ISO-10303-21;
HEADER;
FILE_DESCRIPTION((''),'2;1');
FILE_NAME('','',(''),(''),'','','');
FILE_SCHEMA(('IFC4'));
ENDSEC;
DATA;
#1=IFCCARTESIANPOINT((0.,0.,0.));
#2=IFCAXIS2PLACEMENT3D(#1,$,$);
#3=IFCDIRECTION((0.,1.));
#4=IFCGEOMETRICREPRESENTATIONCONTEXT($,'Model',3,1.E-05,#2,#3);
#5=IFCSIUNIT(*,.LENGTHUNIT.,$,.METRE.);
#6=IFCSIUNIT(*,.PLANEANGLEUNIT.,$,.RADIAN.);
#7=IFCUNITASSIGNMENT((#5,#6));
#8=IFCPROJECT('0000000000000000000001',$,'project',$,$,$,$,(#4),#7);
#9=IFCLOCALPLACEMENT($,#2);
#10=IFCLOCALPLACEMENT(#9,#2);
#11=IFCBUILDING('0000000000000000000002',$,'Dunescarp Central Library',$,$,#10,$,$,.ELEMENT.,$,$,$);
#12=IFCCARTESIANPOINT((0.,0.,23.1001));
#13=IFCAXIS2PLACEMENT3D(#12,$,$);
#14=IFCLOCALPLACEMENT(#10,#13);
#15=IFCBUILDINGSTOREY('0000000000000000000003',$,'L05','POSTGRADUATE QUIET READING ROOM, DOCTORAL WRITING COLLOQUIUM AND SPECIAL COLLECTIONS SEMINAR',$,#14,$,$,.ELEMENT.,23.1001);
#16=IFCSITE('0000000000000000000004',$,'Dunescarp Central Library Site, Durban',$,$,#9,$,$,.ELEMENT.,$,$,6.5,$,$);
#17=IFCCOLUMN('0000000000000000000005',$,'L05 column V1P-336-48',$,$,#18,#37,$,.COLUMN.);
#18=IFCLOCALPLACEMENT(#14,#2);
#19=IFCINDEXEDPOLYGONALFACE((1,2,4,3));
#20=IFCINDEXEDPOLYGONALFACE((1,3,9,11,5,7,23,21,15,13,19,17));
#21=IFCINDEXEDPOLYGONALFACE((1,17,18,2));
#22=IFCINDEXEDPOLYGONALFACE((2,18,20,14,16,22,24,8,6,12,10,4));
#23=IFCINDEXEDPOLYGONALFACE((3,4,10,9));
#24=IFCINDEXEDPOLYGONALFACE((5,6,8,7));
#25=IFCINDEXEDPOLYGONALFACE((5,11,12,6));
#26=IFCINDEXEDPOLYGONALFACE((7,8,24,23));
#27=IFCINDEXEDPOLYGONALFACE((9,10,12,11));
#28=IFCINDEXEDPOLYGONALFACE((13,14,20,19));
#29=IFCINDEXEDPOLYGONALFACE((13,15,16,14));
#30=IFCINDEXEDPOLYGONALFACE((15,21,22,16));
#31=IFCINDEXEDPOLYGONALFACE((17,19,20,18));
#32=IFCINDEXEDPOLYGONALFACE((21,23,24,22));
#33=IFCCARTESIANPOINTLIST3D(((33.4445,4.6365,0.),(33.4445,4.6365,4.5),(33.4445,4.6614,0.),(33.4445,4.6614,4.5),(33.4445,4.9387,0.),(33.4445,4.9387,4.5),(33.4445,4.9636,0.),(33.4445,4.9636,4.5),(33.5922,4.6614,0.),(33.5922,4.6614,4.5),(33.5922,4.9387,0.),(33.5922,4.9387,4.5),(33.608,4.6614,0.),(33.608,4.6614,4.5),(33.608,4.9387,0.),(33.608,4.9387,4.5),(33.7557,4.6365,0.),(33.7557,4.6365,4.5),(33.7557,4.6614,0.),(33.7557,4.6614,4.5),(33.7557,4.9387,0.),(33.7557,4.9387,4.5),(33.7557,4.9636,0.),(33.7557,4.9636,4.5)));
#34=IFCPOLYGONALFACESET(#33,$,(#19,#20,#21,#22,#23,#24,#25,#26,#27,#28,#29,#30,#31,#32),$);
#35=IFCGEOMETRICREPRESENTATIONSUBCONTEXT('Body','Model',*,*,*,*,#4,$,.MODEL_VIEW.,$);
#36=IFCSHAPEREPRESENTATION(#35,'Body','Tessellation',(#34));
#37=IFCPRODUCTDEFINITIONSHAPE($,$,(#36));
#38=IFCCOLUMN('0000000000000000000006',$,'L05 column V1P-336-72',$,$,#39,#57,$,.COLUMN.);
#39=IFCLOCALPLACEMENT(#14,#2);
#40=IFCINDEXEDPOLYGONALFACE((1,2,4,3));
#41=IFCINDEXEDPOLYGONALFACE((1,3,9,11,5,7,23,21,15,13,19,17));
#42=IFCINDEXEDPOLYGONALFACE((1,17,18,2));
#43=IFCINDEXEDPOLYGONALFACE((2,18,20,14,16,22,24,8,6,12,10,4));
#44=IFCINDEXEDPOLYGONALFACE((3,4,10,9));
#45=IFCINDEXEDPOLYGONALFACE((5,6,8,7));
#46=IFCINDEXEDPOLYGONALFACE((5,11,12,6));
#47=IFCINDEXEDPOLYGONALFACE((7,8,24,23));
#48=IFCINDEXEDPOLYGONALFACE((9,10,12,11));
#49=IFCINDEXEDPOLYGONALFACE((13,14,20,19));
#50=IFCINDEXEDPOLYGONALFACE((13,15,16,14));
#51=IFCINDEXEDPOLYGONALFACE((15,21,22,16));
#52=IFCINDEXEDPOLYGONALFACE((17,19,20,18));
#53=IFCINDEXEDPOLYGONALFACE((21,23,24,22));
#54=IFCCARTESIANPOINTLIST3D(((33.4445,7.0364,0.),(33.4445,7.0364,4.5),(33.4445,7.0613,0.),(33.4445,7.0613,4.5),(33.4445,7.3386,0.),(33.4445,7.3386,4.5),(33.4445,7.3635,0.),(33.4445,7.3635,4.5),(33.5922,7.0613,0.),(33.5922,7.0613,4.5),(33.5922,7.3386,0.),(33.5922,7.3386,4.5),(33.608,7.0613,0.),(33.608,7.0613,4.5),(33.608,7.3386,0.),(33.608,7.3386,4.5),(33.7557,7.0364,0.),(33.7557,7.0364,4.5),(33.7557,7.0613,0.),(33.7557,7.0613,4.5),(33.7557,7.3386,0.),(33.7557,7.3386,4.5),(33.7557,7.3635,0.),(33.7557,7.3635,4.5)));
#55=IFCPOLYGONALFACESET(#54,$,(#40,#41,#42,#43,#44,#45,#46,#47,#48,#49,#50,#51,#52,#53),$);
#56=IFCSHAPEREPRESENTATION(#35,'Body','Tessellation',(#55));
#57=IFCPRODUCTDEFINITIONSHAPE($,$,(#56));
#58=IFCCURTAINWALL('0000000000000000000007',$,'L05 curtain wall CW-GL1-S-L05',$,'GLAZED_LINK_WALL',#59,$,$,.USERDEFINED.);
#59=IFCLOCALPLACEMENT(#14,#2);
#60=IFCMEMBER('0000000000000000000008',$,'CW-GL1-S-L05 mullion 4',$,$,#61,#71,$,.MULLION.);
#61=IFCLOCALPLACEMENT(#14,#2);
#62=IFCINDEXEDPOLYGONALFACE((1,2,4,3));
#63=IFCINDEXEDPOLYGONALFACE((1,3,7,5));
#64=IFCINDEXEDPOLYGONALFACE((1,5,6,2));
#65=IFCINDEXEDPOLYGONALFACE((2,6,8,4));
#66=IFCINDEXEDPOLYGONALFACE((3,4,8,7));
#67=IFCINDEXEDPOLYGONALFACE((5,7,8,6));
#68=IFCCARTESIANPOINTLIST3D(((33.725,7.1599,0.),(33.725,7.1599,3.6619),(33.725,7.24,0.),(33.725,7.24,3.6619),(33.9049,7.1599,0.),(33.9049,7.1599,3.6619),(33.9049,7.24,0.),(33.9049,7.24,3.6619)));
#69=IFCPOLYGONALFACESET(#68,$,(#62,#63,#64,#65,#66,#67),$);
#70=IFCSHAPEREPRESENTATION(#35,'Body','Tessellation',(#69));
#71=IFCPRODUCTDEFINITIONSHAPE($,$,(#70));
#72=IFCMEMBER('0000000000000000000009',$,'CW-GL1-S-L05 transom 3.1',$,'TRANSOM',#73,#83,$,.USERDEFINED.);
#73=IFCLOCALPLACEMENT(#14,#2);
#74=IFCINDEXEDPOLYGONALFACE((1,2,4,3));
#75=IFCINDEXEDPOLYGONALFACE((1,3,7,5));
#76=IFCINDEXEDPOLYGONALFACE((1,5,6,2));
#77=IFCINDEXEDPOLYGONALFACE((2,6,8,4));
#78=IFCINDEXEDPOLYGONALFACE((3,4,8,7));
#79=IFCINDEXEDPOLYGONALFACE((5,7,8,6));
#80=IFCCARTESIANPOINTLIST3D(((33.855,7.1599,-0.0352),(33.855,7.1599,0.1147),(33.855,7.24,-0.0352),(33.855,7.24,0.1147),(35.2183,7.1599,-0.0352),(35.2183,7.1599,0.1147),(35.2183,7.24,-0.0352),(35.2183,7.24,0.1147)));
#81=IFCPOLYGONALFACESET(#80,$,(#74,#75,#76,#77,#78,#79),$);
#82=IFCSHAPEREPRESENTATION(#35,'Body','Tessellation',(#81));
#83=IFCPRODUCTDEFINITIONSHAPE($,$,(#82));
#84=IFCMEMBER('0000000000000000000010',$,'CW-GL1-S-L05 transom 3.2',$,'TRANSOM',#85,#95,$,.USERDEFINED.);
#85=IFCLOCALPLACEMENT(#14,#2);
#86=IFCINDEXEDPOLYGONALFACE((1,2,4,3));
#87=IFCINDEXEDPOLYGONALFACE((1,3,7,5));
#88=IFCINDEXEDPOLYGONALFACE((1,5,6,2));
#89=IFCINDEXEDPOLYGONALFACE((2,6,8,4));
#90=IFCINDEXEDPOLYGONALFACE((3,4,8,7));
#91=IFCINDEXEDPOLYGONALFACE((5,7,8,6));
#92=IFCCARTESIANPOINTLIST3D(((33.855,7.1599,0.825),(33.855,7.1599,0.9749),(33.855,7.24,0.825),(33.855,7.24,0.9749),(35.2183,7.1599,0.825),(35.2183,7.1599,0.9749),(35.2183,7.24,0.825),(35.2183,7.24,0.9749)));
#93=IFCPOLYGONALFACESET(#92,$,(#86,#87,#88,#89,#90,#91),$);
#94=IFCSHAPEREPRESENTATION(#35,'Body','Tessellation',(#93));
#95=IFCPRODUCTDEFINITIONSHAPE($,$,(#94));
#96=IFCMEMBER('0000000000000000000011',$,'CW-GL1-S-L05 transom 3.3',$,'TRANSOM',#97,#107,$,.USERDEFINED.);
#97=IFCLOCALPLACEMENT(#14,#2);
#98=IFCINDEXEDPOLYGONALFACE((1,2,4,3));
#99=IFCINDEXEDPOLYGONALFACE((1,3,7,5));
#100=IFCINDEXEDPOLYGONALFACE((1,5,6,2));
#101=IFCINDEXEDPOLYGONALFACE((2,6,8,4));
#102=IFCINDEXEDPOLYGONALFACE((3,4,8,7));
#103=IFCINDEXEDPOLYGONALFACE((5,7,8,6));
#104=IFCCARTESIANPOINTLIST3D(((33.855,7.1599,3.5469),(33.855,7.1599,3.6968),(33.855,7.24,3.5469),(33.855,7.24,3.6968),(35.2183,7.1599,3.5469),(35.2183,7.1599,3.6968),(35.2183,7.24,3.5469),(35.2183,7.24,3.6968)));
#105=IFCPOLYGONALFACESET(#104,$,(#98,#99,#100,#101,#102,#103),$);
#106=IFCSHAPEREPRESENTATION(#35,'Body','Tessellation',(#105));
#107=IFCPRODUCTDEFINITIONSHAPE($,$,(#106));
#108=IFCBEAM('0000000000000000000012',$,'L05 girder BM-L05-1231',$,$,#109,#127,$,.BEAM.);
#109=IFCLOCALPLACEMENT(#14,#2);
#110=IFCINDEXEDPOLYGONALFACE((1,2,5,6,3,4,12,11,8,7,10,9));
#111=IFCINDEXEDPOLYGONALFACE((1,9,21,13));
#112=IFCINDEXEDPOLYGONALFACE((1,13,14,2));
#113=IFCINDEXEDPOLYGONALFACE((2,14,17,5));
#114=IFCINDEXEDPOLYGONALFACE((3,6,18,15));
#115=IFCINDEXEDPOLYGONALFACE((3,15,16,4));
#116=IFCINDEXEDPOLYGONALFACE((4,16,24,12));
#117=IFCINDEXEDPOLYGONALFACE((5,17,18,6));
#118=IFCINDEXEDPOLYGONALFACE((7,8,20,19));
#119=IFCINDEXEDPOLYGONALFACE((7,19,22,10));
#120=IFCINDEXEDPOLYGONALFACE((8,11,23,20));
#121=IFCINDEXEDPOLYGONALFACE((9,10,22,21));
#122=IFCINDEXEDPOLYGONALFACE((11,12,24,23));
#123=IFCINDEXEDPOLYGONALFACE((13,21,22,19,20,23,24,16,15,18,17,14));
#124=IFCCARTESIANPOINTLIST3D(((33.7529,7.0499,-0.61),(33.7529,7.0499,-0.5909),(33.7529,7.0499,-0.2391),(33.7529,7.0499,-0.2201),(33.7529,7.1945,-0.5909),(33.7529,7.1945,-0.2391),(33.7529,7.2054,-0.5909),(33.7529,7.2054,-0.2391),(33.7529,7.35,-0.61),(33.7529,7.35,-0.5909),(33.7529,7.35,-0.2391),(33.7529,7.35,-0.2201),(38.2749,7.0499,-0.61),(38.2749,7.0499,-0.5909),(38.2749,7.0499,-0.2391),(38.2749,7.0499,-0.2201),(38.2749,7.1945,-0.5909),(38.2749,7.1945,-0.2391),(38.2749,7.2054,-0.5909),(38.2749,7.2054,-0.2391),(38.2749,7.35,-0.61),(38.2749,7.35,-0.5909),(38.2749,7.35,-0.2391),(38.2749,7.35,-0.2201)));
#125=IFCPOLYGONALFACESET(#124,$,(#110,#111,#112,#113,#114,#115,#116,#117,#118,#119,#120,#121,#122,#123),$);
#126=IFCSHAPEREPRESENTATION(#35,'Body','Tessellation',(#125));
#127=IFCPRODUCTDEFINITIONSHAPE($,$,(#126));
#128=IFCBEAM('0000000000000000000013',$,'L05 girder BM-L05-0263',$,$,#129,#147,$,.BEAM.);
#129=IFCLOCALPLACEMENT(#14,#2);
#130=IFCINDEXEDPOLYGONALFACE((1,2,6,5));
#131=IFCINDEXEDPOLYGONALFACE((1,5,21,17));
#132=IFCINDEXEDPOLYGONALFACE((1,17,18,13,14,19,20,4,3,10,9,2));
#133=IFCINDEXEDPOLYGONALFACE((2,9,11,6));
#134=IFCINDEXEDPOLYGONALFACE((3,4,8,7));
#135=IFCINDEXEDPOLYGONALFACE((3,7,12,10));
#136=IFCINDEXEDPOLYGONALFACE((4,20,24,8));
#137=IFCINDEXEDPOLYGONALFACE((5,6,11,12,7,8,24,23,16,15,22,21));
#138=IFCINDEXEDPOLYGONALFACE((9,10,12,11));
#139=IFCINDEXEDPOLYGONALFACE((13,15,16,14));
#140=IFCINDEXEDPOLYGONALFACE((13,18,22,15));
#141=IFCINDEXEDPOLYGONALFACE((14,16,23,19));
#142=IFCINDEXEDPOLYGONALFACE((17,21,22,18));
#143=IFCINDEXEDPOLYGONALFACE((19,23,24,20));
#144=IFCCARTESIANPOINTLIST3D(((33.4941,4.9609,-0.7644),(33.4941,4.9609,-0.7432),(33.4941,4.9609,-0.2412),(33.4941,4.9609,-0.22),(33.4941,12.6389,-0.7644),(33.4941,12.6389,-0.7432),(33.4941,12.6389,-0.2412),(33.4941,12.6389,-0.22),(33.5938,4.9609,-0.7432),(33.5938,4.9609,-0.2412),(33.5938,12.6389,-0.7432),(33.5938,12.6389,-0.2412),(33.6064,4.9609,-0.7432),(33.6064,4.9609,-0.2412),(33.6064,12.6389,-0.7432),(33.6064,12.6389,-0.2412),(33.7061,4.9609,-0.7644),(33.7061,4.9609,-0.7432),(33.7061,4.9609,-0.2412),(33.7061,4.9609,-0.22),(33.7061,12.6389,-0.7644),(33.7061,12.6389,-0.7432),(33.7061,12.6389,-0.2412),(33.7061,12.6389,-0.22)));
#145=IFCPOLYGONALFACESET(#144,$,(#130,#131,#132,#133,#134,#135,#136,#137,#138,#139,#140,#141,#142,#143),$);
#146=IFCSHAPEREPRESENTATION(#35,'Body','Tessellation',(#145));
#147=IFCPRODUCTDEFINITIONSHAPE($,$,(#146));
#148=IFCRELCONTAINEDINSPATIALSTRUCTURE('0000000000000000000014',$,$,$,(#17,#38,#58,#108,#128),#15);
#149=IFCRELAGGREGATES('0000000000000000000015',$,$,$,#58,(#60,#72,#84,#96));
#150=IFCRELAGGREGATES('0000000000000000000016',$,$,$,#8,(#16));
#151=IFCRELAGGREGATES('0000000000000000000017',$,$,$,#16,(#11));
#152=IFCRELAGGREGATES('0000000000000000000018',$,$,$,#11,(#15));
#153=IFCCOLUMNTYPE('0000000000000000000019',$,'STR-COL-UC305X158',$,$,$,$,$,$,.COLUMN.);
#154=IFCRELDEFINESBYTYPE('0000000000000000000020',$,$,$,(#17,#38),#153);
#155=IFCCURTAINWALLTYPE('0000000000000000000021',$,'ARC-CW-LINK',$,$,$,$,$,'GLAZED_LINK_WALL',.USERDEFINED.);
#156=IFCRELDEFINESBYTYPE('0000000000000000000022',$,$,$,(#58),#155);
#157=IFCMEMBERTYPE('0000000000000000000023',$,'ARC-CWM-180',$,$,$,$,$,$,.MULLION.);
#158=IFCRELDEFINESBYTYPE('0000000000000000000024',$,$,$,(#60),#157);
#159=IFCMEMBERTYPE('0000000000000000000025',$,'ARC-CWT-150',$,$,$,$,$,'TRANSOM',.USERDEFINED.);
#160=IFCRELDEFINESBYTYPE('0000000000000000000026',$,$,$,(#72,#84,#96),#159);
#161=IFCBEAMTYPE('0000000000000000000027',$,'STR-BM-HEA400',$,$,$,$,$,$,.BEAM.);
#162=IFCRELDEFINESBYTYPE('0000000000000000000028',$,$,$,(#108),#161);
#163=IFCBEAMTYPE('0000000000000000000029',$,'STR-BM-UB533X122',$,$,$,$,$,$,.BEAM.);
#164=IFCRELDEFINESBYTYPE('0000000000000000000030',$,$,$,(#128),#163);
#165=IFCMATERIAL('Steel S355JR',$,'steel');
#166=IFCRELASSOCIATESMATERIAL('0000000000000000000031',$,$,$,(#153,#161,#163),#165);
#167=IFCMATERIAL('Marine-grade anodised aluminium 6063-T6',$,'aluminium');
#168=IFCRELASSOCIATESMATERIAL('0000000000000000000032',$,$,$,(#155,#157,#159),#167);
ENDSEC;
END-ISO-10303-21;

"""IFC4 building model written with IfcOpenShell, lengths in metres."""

from ifc_helpers import new_model, si_unit, direction, frame, origin, origin_2d, place, context, subcontext, project, spatial, rectangle, i_section, extrude, material, material_profile, profile_set, type_object, element, aggregate, save


model = new_model("IFC4")

# Units and contexts
model_context = context("Model", 3, precision=1e-05, world=origin(), true_north=direction((0.0, 1.0)))
body_context = subcontext(model_context, "Body", "Model", "MODEL_VIEW")
ifc_project = project(units=[si_unit("LENGTHUNIT", "METRE"), si_unit("PLANEANGLEUNIT", "RADIAN")], contexts=[model_context])

# Site, building, storey
site_placement = place(None, origin())
site = spatial("IfcSite", under=ifc_project, at=site_placement, Name="Dunescarp Central Library Site, Durban", CompositionType="ELEMENT", RefElevation=6.5)
building_placement = place(site_placement, origin())
building = spatial("IfcBuilding", under=site, at=building_placement, Name="Dunescarp Central Library", CompositionType="ELEMENT")
storey_placement = place(building_placement, frame((0.0, 0.0, 23.1001)))
storey = spatial("IfcBuildingStorey", under=building, at=storey_placement, Name="L05", Description="POSTGRADUATE QUIET READING ROOM, DOCTORAL WRITING COLLOQUIUM AND SPECIAL COLLECTIONS SEMINAR", CompositionType="ELEMENT", Elevation=23.1001)

# Columns
ifc_material_1 = material(Name="Steel S355JR", Category="steel")
ifc_material_profile_1 = material_profile(ifc_material_1, i_section(OverallWidth=0.3113, OverallDepth=0.3271, WebThickness=0.0159, FlangeThickness=0.0249, at=origin_2d()), Name="UC 305x305x158")
ifc_profile_set_1 = profile_set([ifc_material_profile_1], Name="Steel S355JR")
column_type = type_object("IfcColumnType", Name="STR-COL-UC305X158", PredefinedType="COLUMN", material=ifc_profile_set_1)
for number, where, z_axis, x_axis, name in (
    (1, (33.6001, 4.8, 0.0), (0.0, 0.0, 1.0), (1.0, 0.0, 0.0), "L05 column V1P-336-48"),
    (2, (33.6001, 7.2, 0.0), (0.0, 0.0, 1.0), (1.0, 0.0, 0.0), "L05 column V1P-336-72"),
):
    element("IfcColumn", number, at=place(storey_placement, frame(where, z_axis=z_axis, x_axis=x_axis)), inside=storey, type_object=column_type, Name=name, PredefinedType="COLUMN", context=body_context, shape_type="SweptSolid", body=[
        extrude(i_section(OverallWidth=0.3113, OverallDepth=0.3271, WebThickness=0.0159, FlangeThickness=0.0249, at=origin_2d()), origin(), (0.0, 0.0, 1.0), 4.5),
    ])

# Curtain wall, members
ifc_material_2 = material(Name="Marine-grade anodised aluminium 6063-T6", Category="aluminium")
curtain_wall_type = type_object("IfcCurtainWallType", Name="ARC-CW-LINK", ElementType="GLAZED_LINK_WALL", PredefinedType="USERDEFINED", material=ifc_material_2)
curtain_wall_placement = place(storey_placement, origin())
curtain_wall = element("IfcCurtainWall", 3, at=curtain_wall_placement, inside=storey, type_object=curtain_wall_type, Name="L05 curtain wall CW-GL1-S-L05", ObjectType="GLAZED_LINK_WALL", PredefinedType="USERDEFINED")
ifc_material_profile_2 = material_profile(ifc_material_2, rectangle(XDim=0.0801, YDim=0.1799, at=origin_2d()), Name="AL 80x180")
ifc_profile_set_2 = profile_set([ifc_material_profile_2], Name="Marine-grade anodised aluminium 6063-T6")
member_type_1 = type_object("IfcMemberType", Name="ARC-CWM-180", PredefinedType="MULLION", material=ifc_profile_set_2)
member_1_placement = place(storey_placement, frame((33.8149, 7.2, 0.0), z_axis=(0.0, 0.0, 1.0), x_axis=(0.0, -1.0, 0.0)))
member_1 = element("IfcMember", 4, at=member_1_placement, type_object=member_type_1, Name="CW-GL1-S-L05 mullion 4", PredefinedType="MULLION", context=body_context, shape_type="SweptSolid", body=[
    extrude(rectangle(XDim=0.0801, YDim=0.1799, at=origin_2d()), origin(), (0.0, 0.0, 1.0), 3.6619),
])
ifc_material_profile_3 = material_profile(ifc_material_2, rectangle(XDim=0.0801, YDim=0.1499, at=origin_2d()), Name="AL 80x150")
ifc_profile_set_3 = profile_set([ifc_material_profile_3], Name="Marine-grade anodised aluminium 6063-T6")
member_type_2 = type_object("IfcMemberType", Name="ARC-CWT-150", ElementType="TRANSOM", PredefinedType="USERDEFINED", material=ifc_profile_set_3)
member_2_placement = place(storey_placement, frame((35.2183, 7.2, 0.0398), z_axis=(-1.0, 0.0, 0.0), x_axis=(0.0, -1.0, 0.0)))
member_2 = element("IfcMember", 5, at=member_2_placement, type_object=member_type_2, Name="CW-GL1-S-L05 transom 3.1", ObjectType="TRANSOM", PredefinedType="USERDEFINED", context=body_context, shape_type="SweptSolid", body=[
    extrude(rectangle(XDim=0.0801, YDim=0.1499, at=origin_2d()), origin(), (0.0, 0.0, 1.0), 1.3633),
])
member_3_placement = place(storey_placement, frame((35.2183, 7.2, 0.8999), z_axis=(-1.0, 0.0, 0.0), x_axis=(0.0, -1.0, 0.0)))
member_3 = element("IfcMember", 6, at=member_3_placement, type_object=member_type_2, Name="CW-GL1-S-L05 transom 3.2", ObjectType="TRANSOM", PredefinedType="USERDEFINED", context=body_context, shape_type="SweptSolid", body=[
    extrude(rectangle(XDim=0.0801, YDim=0.1499, at=origin_2d()), origin(), (0.0, 0.0, 1.0), 1.3633),
])
member_4_placement = place(storey_placement, frame((35.2183, 7.2, 3.6218), z_axis=(-1.0, 0.0, 0.0), x_axis=(0.0, -1.0, 0.0)))
member_4 = element("IfcMember", 7, at=member_4_placement, type_object=member_type_2, Name="CW-GL1-S-L05 transom 3.3", ObjectType="TRANSOM", PredefinedType="USERDEFINED", context=body_context, shape_type="SweptSolid", body=[
    extrude(rectangle(XDim=0.0801, YDim=0.1499, at=origin_2d()), origin(), (0.0, 0.0, 1.0), 1.3633),
])

# Beams
ifc_material_profile_4 = material_profile(ifc_material_1, i_section(OverallWidth=0.3, OverallDepth=0.3899, WebThickness=0.011, FlangeThickness=0.019, at=origin_2d()), Name="HEA 400")
ifc_profile_set_4 = profile_set([ifc_material_profile_4], Name="Steel S355JR")
beam_type_1 = type_object("IfcBeamType", Name="STR-BM-HEA400", PredefinedType="BEAM", material=ifc_profile_set_4)
beam_1_placement = place(storey_placement, frame((33.7529, 7.2, -0.415), z_axis=(1.0, 0.0, 0.0), x_axis=(0.0, 1.0, 0.0)))
element("IfcBeam", 8, at=beam_1_placement, inside=storey, type_object=beam_type_1, Name="L05 girder BM-L05-1231", PredefinedType="BEAM", context=body_context, shape_type="SweptSolid", body=[
    extrude(i_section(OverallWidth=0.3, OverallDepth=0.3899, WebThickness=0.011, FlangeThickness=0.019, at=origin_2d()), origin(), (0.0, 0.0, 1.0), 4.522),
])
ifc_material_profile_5 = material_profile(ifc_material_1, i_section(OverallWidth=0.2119, OverallDepth=0.5444, WebThickness=0.0127, FlangeThickness=0.0212, at=origin_2d()), Name="UB 533x210x122")
ifc_profile_set_5 = profile_set([ifc_material_profile_5], Name="Steel S355JR")
beam_type_2 = type_object("IfcBeamType", Name="STR-BM-UB533X122", PredefinedType="BEAM", material=ifc_profile_set_5)
beam_2_placement = place(storey_placement, frame((33.6001, 4.9609, -0.4922), z_axis=(0.0, 1.0, 0.0), x_axis=(-1.0, 0.0, 0.0)))
element("IfcBeam", 9, at=beam_2_placement, inside=storey, type_object=beam_type_2, Name="L05 girder BM-L05-0263", PredefinedType="BEAM", context=body_context, shape_type="SweptSolid", body=[
    extrude(i_section(OverallWidth=0.2119, OverallDepth=0.5444, WebThickness=0.0127, FlangeThickness=0.0212, at=origin_2d()), origin(), (0.0, 0.0, 1.0), 7.678),
])

aggregate(curtain_wall, [member_1, member_2, member_3, member_4])

save(model, "model.ifc")
